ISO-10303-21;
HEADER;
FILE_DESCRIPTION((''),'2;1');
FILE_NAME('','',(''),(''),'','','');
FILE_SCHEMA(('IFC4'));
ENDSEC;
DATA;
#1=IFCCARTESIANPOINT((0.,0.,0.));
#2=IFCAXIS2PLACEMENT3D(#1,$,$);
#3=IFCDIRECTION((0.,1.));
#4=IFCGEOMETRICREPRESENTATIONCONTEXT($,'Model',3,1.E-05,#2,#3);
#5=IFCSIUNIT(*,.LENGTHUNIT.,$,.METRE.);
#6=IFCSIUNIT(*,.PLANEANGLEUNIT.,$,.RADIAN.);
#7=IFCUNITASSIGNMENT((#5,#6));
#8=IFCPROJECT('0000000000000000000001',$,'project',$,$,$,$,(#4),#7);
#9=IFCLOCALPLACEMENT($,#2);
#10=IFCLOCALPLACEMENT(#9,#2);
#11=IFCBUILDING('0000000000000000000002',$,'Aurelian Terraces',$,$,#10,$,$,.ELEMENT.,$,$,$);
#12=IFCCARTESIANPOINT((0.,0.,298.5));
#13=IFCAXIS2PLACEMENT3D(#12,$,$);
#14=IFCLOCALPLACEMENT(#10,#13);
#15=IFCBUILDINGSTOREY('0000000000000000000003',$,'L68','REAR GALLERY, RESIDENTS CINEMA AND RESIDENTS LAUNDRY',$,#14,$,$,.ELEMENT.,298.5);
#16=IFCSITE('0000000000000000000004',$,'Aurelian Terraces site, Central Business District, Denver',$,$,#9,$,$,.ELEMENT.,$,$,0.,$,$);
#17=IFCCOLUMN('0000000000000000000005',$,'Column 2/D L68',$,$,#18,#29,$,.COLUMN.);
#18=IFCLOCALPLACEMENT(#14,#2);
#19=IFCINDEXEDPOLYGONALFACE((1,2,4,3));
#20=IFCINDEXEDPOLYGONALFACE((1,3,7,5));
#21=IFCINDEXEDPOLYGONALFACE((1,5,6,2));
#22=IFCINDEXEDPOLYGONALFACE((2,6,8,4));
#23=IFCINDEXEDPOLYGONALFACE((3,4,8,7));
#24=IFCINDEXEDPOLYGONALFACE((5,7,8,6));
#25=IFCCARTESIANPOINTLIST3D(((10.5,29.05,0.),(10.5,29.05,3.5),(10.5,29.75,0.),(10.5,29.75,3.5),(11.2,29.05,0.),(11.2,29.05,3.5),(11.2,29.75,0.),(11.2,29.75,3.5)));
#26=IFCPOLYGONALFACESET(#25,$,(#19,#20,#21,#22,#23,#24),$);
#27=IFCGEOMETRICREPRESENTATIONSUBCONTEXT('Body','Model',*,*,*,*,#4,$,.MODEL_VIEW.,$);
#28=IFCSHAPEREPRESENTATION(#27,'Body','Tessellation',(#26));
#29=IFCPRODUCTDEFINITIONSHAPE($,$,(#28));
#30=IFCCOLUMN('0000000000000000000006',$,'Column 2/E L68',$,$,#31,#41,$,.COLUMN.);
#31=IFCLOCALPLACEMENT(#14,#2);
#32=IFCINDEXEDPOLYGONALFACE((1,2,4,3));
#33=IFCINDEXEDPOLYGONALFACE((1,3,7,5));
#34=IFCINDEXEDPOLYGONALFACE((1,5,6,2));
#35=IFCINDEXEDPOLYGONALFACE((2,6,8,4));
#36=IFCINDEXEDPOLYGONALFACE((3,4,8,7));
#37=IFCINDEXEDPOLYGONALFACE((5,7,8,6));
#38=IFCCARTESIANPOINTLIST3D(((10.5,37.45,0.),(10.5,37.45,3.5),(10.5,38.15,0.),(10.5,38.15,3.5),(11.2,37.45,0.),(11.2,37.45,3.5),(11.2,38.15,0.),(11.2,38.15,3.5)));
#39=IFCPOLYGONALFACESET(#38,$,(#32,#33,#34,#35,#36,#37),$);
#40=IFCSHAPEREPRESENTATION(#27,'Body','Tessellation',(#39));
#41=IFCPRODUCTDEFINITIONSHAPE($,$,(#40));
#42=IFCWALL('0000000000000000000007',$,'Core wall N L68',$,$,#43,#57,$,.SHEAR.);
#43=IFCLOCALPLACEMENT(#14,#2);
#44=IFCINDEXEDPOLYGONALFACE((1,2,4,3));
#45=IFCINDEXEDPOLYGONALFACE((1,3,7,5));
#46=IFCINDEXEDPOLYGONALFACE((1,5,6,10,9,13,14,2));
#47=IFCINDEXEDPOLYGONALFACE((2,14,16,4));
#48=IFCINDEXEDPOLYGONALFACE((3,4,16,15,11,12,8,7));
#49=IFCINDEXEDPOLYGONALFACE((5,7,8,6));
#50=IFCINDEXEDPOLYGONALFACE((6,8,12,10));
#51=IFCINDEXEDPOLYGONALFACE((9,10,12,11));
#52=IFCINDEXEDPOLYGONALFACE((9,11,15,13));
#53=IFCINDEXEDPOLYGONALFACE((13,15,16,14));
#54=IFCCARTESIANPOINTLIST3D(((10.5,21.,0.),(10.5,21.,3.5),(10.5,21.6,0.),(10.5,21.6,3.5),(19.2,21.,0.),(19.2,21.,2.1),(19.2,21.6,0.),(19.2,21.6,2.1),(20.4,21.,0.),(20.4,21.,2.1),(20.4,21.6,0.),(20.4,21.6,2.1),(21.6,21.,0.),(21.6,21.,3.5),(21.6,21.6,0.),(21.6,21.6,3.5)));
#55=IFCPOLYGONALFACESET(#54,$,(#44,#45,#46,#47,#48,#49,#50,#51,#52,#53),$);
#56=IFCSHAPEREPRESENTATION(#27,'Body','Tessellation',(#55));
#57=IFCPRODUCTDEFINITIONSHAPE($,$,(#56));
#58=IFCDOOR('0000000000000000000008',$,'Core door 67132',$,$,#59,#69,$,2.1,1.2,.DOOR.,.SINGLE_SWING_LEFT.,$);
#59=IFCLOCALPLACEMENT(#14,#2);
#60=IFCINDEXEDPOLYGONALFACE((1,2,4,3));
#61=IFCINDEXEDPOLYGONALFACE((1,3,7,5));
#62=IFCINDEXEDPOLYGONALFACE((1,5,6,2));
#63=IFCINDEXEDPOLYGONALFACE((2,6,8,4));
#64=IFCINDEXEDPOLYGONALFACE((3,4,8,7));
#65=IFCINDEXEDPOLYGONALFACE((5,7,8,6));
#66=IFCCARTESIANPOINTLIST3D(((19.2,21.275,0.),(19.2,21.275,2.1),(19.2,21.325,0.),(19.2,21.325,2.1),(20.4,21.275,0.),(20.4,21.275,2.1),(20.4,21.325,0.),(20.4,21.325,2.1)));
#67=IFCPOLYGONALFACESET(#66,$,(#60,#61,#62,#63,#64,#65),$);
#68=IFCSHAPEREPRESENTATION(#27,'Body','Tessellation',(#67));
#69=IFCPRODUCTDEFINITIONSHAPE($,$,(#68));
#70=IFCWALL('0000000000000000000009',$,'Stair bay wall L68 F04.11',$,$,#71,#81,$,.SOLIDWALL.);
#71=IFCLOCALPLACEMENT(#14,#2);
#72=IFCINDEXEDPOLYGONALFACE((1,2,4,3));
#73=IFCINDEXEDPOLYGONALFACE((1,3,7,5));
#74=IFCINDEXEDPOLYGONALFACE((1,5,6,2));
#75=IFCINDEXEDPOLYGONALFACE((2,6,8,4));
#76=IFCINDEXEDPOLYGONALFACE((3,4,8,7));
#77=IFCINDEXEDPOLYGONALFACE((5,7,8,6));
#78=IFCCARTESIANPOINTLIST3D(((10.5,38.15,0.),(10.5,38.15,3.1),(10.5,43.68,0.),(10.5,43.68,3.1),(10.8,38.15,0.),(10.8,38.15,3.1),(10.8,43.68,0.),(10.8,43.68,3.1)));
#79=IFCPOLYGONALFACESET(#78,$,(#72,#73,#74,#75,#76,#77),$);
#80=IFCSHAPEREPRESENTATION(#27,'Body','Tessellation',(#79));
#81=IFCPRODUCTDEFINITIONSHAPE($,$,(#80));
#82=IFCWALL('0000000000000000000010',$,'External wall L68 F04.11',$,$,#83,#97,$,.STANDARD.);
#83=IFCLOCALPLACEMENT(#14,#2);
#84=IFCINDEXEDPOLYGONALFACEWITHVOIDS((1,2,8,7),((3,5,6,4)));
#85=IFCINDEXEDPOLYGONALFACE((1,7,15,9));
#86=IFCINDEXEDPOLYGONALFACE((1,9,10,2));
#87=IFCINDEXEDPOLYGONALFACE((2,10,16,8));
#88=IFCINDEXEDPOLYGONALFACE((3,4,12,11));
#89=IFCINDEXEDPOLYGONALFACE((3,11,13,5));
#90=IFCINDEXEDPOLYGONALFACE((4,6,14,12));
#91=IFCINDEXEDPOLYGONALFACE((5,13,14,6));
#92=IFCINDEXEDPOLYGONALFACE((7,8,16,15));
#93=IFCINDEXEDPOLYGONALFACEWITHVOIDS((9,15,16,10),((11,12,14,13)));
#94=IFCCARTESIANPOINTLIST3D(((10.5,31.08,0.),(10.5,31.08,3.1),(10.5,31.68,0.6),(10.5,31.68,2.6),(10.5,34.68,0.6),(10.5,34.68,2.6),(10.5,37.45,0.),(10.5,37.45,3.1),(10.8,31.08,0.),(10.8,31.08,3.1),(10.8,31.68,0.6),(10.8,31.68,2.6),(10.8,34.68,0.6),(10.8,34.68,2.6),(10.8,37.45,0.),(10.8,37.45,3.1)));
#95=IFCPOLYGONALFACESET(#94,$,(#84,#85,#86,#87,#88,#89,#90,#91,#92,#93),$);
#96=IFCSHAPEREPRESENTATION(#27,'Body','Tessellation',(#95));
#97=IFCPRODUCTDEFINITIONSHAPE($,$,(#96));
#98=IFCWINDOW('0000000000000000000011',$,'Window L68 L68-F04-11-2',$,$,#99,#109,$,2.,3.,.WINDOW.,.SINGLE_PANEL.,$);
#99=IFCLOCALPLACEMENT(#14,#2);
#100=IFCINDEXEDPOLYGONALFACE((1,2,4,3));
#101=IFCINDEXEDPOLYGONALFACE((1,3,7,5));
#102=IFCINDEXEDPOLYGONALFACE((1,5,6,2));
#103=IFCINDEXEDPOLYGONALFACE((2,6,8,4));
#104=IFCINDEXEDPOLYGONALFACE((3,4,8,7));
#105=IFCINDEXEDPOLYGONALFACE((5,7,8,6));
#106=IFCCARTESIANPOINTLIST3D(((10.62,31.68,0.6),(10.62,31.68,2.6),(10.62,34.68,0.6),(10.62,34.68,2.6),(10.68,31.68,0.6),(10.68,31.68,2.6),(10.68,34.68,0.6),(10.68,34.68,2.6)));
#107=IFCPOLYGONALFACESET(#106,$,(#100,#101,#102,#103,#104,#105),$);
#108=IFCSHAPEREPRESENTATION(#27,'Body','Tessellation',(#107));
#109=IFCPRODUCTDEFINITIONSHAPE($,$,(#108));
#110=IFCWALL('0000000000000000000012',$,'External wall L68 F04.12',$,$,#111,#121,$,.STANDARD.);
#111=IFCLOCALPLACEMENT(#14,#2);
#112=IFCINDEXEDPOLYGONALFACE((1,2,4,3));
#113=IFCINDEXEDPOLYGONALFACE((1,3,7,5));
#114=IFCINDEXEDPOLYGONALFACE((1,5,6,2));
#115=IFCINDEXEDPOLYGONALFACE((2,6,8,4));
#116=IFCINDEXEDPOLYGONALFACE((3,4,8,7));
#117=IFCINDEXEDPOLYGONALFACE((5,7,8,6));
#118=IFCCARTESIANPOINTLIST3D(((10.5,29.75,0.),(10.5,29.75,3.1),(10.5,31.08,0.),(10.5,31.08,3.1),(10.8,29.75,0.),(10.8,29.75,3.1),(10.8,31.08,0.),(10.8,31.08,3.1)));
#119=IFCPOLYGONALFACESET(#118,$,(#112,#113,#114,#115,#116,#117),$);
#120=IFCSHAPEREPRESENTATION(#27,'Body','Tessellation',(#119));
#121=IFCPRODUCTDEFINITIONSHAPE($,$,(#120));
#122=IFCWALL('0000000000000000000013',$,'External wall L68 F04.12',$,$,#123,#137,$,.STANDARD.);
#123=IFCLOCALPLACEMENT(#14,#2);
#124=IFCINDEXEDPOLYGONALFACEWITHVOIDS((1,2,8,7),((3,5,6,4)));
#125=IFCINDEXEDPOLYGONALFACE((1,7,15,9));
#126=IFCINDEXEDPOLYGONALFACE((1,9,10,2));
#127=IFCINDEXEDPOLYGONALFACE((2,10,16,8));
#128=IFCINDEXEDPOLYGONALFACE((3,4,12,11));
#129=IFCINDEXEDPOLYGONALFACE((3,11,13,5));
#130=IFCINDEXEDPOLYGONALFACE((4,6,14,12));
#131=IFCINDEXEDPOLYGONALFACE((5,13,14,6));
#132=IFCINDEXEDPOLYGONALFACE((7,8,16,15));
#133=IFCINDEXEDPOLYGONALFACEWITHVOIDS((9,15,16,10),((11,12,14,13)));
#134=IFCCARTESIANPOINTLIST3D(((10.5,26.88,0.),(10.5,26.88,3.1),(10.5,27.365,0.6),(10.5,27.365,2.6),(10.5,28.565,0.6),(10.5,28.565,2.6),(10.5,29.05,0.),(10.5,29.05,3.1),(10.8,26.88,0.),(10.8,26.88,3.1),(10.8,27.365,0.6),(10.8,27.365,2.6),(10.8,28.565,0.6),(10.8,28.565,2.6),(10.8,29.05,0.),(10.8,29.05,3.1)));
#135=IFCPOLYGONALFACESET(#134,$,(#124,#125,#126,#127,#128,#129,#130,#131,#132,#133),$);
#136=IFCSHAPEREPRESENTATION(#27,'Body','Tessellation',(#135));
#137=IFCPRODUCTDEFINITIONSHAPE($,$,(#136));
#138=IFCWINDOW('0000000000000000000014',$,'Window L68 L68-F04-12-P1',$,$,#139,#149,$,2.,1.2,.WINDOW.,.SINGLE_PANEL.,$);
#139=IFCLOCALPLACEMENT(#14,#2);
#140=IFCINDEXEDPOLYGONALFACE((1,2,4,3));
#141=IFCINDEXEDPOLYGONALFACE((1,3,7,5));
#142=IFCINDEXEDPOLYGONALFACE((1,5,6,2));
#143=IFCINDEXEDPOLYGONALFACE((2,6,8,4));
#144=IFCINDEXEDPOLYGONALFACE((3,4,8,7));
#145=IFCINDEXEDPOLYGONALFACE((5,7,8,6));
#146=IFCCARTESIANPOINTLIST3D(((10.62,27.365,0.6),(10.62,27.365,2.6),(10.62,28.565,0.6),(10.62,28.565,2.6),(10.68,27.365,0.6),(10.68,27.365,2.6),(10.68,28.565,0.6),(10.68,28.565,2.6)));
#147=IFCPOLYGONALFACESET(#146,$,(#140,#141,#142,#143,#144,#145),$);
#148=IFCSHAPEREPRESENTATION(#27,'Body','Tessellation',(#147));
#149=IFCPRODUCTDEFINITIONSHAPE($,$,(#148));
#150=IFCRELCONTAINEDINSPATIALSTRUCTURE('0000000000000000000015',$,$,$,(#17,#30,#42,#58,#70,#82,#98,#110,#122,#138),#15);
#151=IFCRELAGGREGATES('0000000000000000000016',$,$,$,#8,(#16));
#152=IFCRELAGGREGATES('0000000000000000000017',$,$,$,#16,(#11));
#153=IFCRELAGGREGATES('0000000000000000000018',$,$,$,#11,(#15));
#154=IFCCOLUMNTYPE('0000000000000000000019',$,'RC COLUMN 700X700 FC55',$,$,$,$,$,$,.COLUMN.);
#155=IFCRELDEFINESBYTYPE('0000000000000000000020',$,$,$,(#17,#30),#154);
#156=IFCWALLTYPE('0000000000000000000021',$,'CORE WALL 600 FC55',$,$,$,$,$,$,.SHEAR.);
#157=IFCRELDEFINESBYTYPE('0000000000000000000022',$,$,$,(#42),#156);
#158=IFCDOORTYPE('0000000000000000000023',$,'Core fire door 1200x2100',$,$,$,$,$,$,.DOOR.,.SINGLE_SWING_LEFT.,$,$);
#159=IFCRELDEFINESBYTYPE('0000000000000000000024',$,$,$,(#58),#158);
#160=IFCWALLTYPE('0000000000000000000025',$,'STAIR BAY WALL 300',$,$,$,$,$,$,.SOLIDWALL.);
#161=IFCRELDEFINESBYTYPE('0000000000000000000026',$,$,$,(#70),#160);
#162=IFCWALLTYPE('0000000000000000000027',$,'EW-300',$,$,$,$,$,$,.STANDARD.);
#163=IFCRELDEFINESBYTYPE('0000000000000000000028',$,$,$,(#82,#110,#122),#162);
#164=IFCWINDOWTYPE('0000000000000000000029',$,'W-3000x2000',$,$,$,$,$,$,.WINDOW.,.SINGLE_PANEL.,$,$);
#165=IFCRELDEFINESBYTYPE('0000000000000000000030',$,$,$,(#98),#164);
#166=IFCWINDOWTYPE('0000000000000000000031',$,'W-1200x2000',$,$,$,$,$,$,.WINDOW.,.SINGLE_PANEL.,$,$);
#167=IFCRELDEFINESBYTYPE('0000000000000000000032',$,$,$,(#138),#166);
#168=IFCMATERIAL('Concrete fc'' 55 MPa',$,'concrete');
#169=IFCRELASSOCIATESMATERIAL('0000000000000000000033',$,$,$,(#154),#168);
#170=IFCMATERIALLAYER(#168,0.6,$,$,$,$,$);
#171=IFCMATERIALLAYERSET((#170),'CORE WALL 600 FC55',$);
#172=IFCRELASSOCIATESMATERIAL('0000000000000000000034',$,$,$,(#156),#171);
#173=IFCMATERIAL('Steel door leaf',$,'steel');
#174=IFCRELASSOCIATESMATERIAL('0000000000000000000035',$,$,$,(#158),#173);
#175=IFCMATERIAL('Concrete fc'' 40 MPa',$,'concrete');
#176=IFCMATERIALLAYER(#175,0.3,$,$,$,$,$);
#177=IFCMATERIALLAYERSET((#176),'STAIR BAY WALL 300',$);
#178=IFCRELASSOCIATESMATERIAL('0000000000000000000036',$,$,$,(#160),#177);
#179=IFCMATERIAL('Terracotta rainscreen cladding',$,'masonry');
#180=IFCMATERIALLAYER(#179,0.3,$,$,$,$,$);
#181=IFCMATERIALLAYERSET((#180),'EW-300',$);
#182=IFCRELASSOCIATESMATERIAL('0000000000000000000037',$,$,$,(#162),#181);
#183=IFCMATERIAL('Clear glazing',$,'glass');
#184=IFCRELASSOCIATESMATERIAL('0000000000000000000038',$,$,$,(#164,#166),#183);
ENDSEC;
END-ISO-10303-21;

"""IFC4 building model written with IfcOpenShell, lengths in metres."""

from ifc_helpers import new_model, si_unit, direction, frame, frame_2d, origin, origin_2d, place, context, subcontext, project, spatial, rectangle, extrude, source, transform, mapped, material, layer, layer_set, material_profile, profile_set, type_object, element, fill, save


model = new_model("IFC4")

# Units and contexts
model_context = context("Model", 3, precision=1e-05, world=origin(), true_north=direction((0.0, 1.0)))
body_context = subcontext(model_context, "Body", "Model", "MODEL_VIEW")
ifc_project = project(units=[si_unit("LENGTHUNIT", "METRE"), si_unit("PLANEANGLEUNIT", "RADIAN")], contexts=[model_context])

# Site, building, storey
site_placement = place(None, origin())
site = spatial("IfcSite", under=ifc_project, at=site_placement, Name="Aurelian Terraces site, Central Business District, Denver", CompositionType="ELEMENT", RefElevation=0.0)
building_placement = place(site_placement, origin())
building = spatial("IfcBuilding", under=site, at=building_placement, Name="Aurelian Terraces", CompositionType="ELEMENT")
storey_placement = place(building_placement, frame((0.0, 0.0, 298.5)))
storey = spatial("IfcBuildingStorey", under=building, at=storey_placement, Name="L68", Description="REAR GALLERY, RESIDENTS CINEMA AND RESIDENTS LAUNDRY", CompositionType="ELEMENT", Elevation=298.5)

# Columns
ifc_material_1 = material(Name="Concrete fc' 55 MPa", Category="concrete")
ifc_material_profile = material_profile(ifc_material_1, rectangle(XDim=0.7, YDim=0.7, at=origin_2d()))
ifc_profile_set = profile_set([ifc_material_profile], Name="Concrete fc' 55 MPa")
column_type = type_object("IfcColumnType", Name="RC COLUMN 700X700 FC55", PredefinedType="COLUMN", material=ifc_profile_set)
shared_shape_1 = source(origin(), body_context, "Body", "SweptSolid", [
    extrude(rectangle(XDim=0.7, YDim=0.7, at=origin_2d()), origin(), (0.0, 0.0, 1.0), 3.5),
])
for number, where, z_axis, x_axis, name in (
    (1, (10.85, 29.4, 0.0), (0.0, 0.0, 1.0), (1.0, 0.0, 0.0), "Column 2/D L68"),
    (2, (10.85, 37.8, 0.0), (0.0, 0.0, 1.0), (1.0, 0.0, 0.0), "Column 2/E L68"),
):
    element("IfcColumn", number, at=place(storey_placement, frame(where, z_axis=z_axis, x_axis=x_axis)), inside=storey, type_object=column_type, Name=name, PredefinedType="COLUMN", context=body_context, shape_type="MappedRepresentation", body=[
        mapped(shared_shape_1, transform((0.0, 0.0, 0.0), scale=1.0)),
    ])

# Wall, opening, door
ifc_layer_1 = layer(ifc_material_1, 0.6)
ifc_layer_set_1 = layer_set([ifc_layer_1], Name="CORE WALL 600 FC55")
wall_type_1 = type_object("IfcWallType", Name="CORE WALL 600 FC55", PredefinedType="SHEAR", material=ifc_layer_set_1)
shared_shape_2 = source(origin(), body_context, "Body", "SweptSolid", [
    extrude(rectangle(XDim=11.1, YDim=0.6, at=frame_2d((5.55, 0.0))), origin(), (0.0, 0.0, 1.0), 3.5),
])
wall_1_placement = place(storey_placement, frame((10.5, 21.3, 0.0), z_axis=(0.0, 0.0, 1.0), x_axis=(1.0, 0.0, 0.0)))
wall_1 = element("IfcWall", 3, at=wall_1_placement, inside=storey, type_object=wall_type_1, Name="Core wall N L68", PredefinedType="SHEAR", context=body_context, shape_type="MappedRepresentation", body=[
    mapped(shared_shape_2, transform((0.0, 0.0, 0.0), scale=1.0)),
])
shared_shape_3 = source(origin(), body_context, "Body", "SweptSolid", [
    extrude(rectangle(XDim=1.2, YDim=2.1, at=frame_2d((0.6, 1.05))), frame((0.0, 0.31, 0.0), z_axis=(0.0, -1.0, 0.0), x_axis=(1.0, 0.0, 0.0)), (0.0, 0.0, 1.0), 0.62),
])
opening_1_placement = place(wall_1_placement, frame((8.7, 0.0, 0.0)))
opening_1 = element("IfcOpeningElement", 4, at=opening_1_placement, cuts=wall_1, PredefinedType="OPENING", context=body_context, shape_type="MappedRepresentation", body=[
    mapped(shared_shape_3, transform((0.0, 0.0, 0.0), scale=1.0)),
])
ifc_material_2 = material(Name="Steel door leaf", Category="steel")
door_type_1 = type_object("IfcDoorType", Name="Core fire door 1200x2100", OperationType="SINGLE_SWING_LEFT", PredefinedType="DOOR", material=ifc_material_2)
shared_shape_4 = source(origin(), body_context, "Body", "SweptSolid", [
    extrude(rectangle(XDim=1.2, YDim=2.1, at=frame_2d((0.6, 1.05))), frame((0.0, 0.025, 0.0), z_axis=(0.0, -1.0, 0.0), x_axis=(1.0, 0.0, 0.0)), (0.0, 0.0, 1.0), 0.05),
])
door_1_placement = place(opening_1_placement, origin())
door_1 = element("IfcDoor", 5, at=door_1_placement, inside=storey, type_object=door_type_1, Name="Core door 67132", OperationType="SINGLE_SWING_LEFT", OverallHeight=2.1, OverallWidth=1.2, PredefinedType="DOOR", context=body_context, shape_type="MappedRepresentation", body=[
    mapped(shared_shape_4, transform((0.0, 0.0, 0.0), scale=1.0)),
])
fill(opening_1, door_1)

# Wall
ifc_material_3 = material(Name="Concrete fc' 40 MPa", Category="concrete")
ifc_layer_2 = layer(ifc_material_3, 0.3)
ifc_layer_set_2 = layer_set([ifc_layer_2], Name="STAIR BAY WALL 300")
wall_type_2 = type_object("IfcWallType", Name="STAIR BAY WALL 300", PredefinedType="SOLIDWALL", material=ifc_layer_set_2)
shared_shape_5 = source(origin(), body_context, "Body", "SweptSolid", [
    extrude(rectangle(XDim=5.53, YDim=0.3, at=frame_2d((2.765, 0.0))), origin(), (0.0, 0.0, 1.0), 3.1),
])
wall_2_placement = place(storey_placement, frame((10.65, 43.68, 0.0), z_axis=(0.0, 0.0, 1.0), x_axis=(0.0, -1.0, 0.0)))
element("IfcWall", 6, at=wall_2_placement, inside=storey, type_object=wall_type_2, Name="Stair bay wall L68 F04.11", PredefinedType="SOLIDWALL", context=body_context, shape_type="MappedRepresentation", body=[
    mapped(shared_shape_5, transform((0.0, 0.0, 0.0), scale=1.0)),
])

# Wall, opening, window
ifc_material_4 = material(Name="Terracotta rainscreen cladding", Category="masonry")
ifc_layer_3 = layer(ifc_material_4, 0.3)
ifc_layer_set_3 = layer_set([ifc_layer_3], Name="EW-300")
wall_type_3 = type_object("IfcWallType", Name="EW-300", PredefinedType="STANDARD", material=ifc_layer_set_3)
shared_shape_6 = source(origin(), body_context, "Body", "SweptSolid", [
    extrude(rectangle(XDim=6.37, YDim=0.3, at=frame_2d((3.185, 0.0))), origin(), (0.0, 0.0, 1.0), 3.1),
])
wall_3_placement = place(storey_placement, frame((10.65, 37.45, 0.0), z_axis=(0.0, 0.0, 1.0), x_axis=(0.0, -1.0, 0.0)))
wall_3 = element("IfcWall", 7, at=wall_3_placement, inside=storey, type_object=wall_type_3, Name="External wall L68 F04.11", PredefinedType="STANDARD", context=body_context, shape_type="MappedRepresentation", body=[
    mapped(shared_shape_6, transform((0.0, 0.0, 0.0), scale=1.0)),
])
shared_shape_7 = source(origin(), body_context, "Body", "SweptSolid", [
    extrude(rectangle(XDim=3.0, YDim=2.0, at=frame_2d((1.5, 1.0))), frame((0.0, 0.16, 0.0), z_axis=(0.0, -1.0, 0.0), x_axis=(1.0, 0.0, 0.0)), (0.0, 0.0, 1.0), 0.32),
])
opening_2_placement = place(wall_3_placement, frame((2.77, 0.0, 0.6)))
opening_2 = element("IfcOpeningElement", 8, at=opening_2_placement, cuts=wall_3, PredefinedType="OPENING", context=body_context, shape_type="MappedRepresentation", body=[
    mapped(shared_shape_7, transform((0.0, 0.0, 0.0), scale=1.0)),
])
ifc_material_5 = material(Name="Clear glazing", Category="glass")
window_type_1 = type_object("IfcWindowType", Name="W-3000x2000", PartitioningType="SINGLE_PANEL", PredefinedType="WINDOW", material=ifc_material_5)
shared_shape_8 = source(origin(), body_context, "Body", "SweptSolid", [
    extrude(rectangle(XDim=3.0, YDim=2.0, at=frame_2d((1.5, 1.0))), frame((0.0, 0.03, 0.0), z_axis=(0.0, -1.0, 0.0), x_axis=(1.0, 0.0, 0.0)), (0.0, 0.0, 1.0), 0.06),
])
window_1_placement = place(opening_2_placement, origin())
window_1 = element("IfcWindow", 9, at=window_1_placement, inside=storey, type_object=window_type_1, Name="Window L68 L68-F04-11-2", OverallHeight=2.0, OverallWidth=3.0, PartitioningType="SINGLE_PANEL", PredefinedType="WINDOW", context=body_context, shape_type="MappedRepresentation", body=[
    mapped(shared_shape_8, transform((0.0, 0.0, 0.0), scale=1.0)),
])
fill(opening_2, window_1)

# Wall
shared_shape_9 = source(origin(), body_context, "Body", "SweptSolid", [
    extrude(rectangle(XDim=1.33, YDim=0.3, at=frame_2d((0.665, 0.0))), origin(), (0.0, 0.0, 1.0), 3.1),
])
wall_4_placement = place(storey_placement, frame((10.65, 31.08, 0.0), z_axis=(0.0, 0.0, 1.0), x_axis=(0.0, -1.0, 0.0)))
element("IfcWall", 10, at=wall_4_placement, inside=storey, type_object=wall_type_3, Name="External wall L68 F04.12", PredefinedType="STANDARD", context=body_context, shape_type="MappedRepresentation", body=[
    mapped(shared_shape_9, transform((0.0, 0.0, 0.0), scale=1.0)),
])

# Wall, opening, window
shared_shape_10 = source(origin(), body_context, "Body", "SweptSolid", [
    extrude(rectangle(XDim=2.17, YDim=0.3, at=frame_2d((1.085, 0.0))), origin(), (0.0, 0.0, 1.0), 3.1),
])
wall_5_placement = place(storey_placement, frame((10.65, 29.05, 0.0), z_axis=(0.0, 0.0, 1.0), x_axis=(0.0, -1.0, 0.0)))
wall_5 = element("IfcWall", 11, at=wall_5_placement, inside=storey, type_object=wall_type_3, Name="External wall L68 F04.12", PredefinedType="STANDARD", context=body_context, shape_type="MappedRepresentation", body=[
    mapped(shared_shape_10, transform((0.0, 0.0, 0.0), scale=1.0)),
])
shared_shape_11 = source(origin(), body_context, "Body", "SweptSolid", [
    extrude(rectangle(XDim=1.2, YDim=2.0, at=frame_2d((0.6, 1.0))), frame((0.0, 0.16, 0.0), z_axis=(0.0, -1.0, 0.0), x_axis=(1.0, 0.0, 0.0)), (0.0, 0.0, 1.0), 0.32),
])
opening_3_placement = place(wall_5_placement, frame((0.485, 0.0, 0.6)))
opening_3 = element("IfcOpeningElement", 12, at=opening_3_placement, cuts=wall_5, PredefinedType="OPENING", context=body_context, shape_type="MappedRepresentation", body=[
    mapped(shared_shape_11, transform((0.0, 0.0, 0.0), scale=1.0)),
])
window_type_2 = type_object("IfcWindowType", Name="W-1200x2000", PartitioningType="SINGLE_PANEL", PredefinedType="WINDOW", material=ifc_material_5)
shared_shape_12 = source(origin(), body_context, "Body", "SweptSolid", [
    extrude(rectangle(XDim=1.2, YDim=2.0, at=frame_2d((0.6, 1.0))), frame((0.0, 0.03, 0.0), z_axis=(0.0, -1.0, 0.0), x_axis=(1.0, 0.0, 0.0)), (0.0, 0.0, 1.0), 0.06),
])
window_2_placement = place(opening_3_placement, origin())
window_2 = element("IfcWindow", 13, at=window_2_placement, inside=storey, type_object=window_type_2, Name="Window L68 L68-F04-12-P1", OverallHeight=2.0, OverallWidth=1.2, PartitioningType="SINGLE_PANEL", PredefinedType="WINDOW", context=body_context, shape_type="MappedRepresentation", body=[
    mapped(shared_shape_12, transform((0.0, 0.0, 0.0), scale=1.0)),
])
fill(opening_3, window_2)

save(model, "model.ifc")
